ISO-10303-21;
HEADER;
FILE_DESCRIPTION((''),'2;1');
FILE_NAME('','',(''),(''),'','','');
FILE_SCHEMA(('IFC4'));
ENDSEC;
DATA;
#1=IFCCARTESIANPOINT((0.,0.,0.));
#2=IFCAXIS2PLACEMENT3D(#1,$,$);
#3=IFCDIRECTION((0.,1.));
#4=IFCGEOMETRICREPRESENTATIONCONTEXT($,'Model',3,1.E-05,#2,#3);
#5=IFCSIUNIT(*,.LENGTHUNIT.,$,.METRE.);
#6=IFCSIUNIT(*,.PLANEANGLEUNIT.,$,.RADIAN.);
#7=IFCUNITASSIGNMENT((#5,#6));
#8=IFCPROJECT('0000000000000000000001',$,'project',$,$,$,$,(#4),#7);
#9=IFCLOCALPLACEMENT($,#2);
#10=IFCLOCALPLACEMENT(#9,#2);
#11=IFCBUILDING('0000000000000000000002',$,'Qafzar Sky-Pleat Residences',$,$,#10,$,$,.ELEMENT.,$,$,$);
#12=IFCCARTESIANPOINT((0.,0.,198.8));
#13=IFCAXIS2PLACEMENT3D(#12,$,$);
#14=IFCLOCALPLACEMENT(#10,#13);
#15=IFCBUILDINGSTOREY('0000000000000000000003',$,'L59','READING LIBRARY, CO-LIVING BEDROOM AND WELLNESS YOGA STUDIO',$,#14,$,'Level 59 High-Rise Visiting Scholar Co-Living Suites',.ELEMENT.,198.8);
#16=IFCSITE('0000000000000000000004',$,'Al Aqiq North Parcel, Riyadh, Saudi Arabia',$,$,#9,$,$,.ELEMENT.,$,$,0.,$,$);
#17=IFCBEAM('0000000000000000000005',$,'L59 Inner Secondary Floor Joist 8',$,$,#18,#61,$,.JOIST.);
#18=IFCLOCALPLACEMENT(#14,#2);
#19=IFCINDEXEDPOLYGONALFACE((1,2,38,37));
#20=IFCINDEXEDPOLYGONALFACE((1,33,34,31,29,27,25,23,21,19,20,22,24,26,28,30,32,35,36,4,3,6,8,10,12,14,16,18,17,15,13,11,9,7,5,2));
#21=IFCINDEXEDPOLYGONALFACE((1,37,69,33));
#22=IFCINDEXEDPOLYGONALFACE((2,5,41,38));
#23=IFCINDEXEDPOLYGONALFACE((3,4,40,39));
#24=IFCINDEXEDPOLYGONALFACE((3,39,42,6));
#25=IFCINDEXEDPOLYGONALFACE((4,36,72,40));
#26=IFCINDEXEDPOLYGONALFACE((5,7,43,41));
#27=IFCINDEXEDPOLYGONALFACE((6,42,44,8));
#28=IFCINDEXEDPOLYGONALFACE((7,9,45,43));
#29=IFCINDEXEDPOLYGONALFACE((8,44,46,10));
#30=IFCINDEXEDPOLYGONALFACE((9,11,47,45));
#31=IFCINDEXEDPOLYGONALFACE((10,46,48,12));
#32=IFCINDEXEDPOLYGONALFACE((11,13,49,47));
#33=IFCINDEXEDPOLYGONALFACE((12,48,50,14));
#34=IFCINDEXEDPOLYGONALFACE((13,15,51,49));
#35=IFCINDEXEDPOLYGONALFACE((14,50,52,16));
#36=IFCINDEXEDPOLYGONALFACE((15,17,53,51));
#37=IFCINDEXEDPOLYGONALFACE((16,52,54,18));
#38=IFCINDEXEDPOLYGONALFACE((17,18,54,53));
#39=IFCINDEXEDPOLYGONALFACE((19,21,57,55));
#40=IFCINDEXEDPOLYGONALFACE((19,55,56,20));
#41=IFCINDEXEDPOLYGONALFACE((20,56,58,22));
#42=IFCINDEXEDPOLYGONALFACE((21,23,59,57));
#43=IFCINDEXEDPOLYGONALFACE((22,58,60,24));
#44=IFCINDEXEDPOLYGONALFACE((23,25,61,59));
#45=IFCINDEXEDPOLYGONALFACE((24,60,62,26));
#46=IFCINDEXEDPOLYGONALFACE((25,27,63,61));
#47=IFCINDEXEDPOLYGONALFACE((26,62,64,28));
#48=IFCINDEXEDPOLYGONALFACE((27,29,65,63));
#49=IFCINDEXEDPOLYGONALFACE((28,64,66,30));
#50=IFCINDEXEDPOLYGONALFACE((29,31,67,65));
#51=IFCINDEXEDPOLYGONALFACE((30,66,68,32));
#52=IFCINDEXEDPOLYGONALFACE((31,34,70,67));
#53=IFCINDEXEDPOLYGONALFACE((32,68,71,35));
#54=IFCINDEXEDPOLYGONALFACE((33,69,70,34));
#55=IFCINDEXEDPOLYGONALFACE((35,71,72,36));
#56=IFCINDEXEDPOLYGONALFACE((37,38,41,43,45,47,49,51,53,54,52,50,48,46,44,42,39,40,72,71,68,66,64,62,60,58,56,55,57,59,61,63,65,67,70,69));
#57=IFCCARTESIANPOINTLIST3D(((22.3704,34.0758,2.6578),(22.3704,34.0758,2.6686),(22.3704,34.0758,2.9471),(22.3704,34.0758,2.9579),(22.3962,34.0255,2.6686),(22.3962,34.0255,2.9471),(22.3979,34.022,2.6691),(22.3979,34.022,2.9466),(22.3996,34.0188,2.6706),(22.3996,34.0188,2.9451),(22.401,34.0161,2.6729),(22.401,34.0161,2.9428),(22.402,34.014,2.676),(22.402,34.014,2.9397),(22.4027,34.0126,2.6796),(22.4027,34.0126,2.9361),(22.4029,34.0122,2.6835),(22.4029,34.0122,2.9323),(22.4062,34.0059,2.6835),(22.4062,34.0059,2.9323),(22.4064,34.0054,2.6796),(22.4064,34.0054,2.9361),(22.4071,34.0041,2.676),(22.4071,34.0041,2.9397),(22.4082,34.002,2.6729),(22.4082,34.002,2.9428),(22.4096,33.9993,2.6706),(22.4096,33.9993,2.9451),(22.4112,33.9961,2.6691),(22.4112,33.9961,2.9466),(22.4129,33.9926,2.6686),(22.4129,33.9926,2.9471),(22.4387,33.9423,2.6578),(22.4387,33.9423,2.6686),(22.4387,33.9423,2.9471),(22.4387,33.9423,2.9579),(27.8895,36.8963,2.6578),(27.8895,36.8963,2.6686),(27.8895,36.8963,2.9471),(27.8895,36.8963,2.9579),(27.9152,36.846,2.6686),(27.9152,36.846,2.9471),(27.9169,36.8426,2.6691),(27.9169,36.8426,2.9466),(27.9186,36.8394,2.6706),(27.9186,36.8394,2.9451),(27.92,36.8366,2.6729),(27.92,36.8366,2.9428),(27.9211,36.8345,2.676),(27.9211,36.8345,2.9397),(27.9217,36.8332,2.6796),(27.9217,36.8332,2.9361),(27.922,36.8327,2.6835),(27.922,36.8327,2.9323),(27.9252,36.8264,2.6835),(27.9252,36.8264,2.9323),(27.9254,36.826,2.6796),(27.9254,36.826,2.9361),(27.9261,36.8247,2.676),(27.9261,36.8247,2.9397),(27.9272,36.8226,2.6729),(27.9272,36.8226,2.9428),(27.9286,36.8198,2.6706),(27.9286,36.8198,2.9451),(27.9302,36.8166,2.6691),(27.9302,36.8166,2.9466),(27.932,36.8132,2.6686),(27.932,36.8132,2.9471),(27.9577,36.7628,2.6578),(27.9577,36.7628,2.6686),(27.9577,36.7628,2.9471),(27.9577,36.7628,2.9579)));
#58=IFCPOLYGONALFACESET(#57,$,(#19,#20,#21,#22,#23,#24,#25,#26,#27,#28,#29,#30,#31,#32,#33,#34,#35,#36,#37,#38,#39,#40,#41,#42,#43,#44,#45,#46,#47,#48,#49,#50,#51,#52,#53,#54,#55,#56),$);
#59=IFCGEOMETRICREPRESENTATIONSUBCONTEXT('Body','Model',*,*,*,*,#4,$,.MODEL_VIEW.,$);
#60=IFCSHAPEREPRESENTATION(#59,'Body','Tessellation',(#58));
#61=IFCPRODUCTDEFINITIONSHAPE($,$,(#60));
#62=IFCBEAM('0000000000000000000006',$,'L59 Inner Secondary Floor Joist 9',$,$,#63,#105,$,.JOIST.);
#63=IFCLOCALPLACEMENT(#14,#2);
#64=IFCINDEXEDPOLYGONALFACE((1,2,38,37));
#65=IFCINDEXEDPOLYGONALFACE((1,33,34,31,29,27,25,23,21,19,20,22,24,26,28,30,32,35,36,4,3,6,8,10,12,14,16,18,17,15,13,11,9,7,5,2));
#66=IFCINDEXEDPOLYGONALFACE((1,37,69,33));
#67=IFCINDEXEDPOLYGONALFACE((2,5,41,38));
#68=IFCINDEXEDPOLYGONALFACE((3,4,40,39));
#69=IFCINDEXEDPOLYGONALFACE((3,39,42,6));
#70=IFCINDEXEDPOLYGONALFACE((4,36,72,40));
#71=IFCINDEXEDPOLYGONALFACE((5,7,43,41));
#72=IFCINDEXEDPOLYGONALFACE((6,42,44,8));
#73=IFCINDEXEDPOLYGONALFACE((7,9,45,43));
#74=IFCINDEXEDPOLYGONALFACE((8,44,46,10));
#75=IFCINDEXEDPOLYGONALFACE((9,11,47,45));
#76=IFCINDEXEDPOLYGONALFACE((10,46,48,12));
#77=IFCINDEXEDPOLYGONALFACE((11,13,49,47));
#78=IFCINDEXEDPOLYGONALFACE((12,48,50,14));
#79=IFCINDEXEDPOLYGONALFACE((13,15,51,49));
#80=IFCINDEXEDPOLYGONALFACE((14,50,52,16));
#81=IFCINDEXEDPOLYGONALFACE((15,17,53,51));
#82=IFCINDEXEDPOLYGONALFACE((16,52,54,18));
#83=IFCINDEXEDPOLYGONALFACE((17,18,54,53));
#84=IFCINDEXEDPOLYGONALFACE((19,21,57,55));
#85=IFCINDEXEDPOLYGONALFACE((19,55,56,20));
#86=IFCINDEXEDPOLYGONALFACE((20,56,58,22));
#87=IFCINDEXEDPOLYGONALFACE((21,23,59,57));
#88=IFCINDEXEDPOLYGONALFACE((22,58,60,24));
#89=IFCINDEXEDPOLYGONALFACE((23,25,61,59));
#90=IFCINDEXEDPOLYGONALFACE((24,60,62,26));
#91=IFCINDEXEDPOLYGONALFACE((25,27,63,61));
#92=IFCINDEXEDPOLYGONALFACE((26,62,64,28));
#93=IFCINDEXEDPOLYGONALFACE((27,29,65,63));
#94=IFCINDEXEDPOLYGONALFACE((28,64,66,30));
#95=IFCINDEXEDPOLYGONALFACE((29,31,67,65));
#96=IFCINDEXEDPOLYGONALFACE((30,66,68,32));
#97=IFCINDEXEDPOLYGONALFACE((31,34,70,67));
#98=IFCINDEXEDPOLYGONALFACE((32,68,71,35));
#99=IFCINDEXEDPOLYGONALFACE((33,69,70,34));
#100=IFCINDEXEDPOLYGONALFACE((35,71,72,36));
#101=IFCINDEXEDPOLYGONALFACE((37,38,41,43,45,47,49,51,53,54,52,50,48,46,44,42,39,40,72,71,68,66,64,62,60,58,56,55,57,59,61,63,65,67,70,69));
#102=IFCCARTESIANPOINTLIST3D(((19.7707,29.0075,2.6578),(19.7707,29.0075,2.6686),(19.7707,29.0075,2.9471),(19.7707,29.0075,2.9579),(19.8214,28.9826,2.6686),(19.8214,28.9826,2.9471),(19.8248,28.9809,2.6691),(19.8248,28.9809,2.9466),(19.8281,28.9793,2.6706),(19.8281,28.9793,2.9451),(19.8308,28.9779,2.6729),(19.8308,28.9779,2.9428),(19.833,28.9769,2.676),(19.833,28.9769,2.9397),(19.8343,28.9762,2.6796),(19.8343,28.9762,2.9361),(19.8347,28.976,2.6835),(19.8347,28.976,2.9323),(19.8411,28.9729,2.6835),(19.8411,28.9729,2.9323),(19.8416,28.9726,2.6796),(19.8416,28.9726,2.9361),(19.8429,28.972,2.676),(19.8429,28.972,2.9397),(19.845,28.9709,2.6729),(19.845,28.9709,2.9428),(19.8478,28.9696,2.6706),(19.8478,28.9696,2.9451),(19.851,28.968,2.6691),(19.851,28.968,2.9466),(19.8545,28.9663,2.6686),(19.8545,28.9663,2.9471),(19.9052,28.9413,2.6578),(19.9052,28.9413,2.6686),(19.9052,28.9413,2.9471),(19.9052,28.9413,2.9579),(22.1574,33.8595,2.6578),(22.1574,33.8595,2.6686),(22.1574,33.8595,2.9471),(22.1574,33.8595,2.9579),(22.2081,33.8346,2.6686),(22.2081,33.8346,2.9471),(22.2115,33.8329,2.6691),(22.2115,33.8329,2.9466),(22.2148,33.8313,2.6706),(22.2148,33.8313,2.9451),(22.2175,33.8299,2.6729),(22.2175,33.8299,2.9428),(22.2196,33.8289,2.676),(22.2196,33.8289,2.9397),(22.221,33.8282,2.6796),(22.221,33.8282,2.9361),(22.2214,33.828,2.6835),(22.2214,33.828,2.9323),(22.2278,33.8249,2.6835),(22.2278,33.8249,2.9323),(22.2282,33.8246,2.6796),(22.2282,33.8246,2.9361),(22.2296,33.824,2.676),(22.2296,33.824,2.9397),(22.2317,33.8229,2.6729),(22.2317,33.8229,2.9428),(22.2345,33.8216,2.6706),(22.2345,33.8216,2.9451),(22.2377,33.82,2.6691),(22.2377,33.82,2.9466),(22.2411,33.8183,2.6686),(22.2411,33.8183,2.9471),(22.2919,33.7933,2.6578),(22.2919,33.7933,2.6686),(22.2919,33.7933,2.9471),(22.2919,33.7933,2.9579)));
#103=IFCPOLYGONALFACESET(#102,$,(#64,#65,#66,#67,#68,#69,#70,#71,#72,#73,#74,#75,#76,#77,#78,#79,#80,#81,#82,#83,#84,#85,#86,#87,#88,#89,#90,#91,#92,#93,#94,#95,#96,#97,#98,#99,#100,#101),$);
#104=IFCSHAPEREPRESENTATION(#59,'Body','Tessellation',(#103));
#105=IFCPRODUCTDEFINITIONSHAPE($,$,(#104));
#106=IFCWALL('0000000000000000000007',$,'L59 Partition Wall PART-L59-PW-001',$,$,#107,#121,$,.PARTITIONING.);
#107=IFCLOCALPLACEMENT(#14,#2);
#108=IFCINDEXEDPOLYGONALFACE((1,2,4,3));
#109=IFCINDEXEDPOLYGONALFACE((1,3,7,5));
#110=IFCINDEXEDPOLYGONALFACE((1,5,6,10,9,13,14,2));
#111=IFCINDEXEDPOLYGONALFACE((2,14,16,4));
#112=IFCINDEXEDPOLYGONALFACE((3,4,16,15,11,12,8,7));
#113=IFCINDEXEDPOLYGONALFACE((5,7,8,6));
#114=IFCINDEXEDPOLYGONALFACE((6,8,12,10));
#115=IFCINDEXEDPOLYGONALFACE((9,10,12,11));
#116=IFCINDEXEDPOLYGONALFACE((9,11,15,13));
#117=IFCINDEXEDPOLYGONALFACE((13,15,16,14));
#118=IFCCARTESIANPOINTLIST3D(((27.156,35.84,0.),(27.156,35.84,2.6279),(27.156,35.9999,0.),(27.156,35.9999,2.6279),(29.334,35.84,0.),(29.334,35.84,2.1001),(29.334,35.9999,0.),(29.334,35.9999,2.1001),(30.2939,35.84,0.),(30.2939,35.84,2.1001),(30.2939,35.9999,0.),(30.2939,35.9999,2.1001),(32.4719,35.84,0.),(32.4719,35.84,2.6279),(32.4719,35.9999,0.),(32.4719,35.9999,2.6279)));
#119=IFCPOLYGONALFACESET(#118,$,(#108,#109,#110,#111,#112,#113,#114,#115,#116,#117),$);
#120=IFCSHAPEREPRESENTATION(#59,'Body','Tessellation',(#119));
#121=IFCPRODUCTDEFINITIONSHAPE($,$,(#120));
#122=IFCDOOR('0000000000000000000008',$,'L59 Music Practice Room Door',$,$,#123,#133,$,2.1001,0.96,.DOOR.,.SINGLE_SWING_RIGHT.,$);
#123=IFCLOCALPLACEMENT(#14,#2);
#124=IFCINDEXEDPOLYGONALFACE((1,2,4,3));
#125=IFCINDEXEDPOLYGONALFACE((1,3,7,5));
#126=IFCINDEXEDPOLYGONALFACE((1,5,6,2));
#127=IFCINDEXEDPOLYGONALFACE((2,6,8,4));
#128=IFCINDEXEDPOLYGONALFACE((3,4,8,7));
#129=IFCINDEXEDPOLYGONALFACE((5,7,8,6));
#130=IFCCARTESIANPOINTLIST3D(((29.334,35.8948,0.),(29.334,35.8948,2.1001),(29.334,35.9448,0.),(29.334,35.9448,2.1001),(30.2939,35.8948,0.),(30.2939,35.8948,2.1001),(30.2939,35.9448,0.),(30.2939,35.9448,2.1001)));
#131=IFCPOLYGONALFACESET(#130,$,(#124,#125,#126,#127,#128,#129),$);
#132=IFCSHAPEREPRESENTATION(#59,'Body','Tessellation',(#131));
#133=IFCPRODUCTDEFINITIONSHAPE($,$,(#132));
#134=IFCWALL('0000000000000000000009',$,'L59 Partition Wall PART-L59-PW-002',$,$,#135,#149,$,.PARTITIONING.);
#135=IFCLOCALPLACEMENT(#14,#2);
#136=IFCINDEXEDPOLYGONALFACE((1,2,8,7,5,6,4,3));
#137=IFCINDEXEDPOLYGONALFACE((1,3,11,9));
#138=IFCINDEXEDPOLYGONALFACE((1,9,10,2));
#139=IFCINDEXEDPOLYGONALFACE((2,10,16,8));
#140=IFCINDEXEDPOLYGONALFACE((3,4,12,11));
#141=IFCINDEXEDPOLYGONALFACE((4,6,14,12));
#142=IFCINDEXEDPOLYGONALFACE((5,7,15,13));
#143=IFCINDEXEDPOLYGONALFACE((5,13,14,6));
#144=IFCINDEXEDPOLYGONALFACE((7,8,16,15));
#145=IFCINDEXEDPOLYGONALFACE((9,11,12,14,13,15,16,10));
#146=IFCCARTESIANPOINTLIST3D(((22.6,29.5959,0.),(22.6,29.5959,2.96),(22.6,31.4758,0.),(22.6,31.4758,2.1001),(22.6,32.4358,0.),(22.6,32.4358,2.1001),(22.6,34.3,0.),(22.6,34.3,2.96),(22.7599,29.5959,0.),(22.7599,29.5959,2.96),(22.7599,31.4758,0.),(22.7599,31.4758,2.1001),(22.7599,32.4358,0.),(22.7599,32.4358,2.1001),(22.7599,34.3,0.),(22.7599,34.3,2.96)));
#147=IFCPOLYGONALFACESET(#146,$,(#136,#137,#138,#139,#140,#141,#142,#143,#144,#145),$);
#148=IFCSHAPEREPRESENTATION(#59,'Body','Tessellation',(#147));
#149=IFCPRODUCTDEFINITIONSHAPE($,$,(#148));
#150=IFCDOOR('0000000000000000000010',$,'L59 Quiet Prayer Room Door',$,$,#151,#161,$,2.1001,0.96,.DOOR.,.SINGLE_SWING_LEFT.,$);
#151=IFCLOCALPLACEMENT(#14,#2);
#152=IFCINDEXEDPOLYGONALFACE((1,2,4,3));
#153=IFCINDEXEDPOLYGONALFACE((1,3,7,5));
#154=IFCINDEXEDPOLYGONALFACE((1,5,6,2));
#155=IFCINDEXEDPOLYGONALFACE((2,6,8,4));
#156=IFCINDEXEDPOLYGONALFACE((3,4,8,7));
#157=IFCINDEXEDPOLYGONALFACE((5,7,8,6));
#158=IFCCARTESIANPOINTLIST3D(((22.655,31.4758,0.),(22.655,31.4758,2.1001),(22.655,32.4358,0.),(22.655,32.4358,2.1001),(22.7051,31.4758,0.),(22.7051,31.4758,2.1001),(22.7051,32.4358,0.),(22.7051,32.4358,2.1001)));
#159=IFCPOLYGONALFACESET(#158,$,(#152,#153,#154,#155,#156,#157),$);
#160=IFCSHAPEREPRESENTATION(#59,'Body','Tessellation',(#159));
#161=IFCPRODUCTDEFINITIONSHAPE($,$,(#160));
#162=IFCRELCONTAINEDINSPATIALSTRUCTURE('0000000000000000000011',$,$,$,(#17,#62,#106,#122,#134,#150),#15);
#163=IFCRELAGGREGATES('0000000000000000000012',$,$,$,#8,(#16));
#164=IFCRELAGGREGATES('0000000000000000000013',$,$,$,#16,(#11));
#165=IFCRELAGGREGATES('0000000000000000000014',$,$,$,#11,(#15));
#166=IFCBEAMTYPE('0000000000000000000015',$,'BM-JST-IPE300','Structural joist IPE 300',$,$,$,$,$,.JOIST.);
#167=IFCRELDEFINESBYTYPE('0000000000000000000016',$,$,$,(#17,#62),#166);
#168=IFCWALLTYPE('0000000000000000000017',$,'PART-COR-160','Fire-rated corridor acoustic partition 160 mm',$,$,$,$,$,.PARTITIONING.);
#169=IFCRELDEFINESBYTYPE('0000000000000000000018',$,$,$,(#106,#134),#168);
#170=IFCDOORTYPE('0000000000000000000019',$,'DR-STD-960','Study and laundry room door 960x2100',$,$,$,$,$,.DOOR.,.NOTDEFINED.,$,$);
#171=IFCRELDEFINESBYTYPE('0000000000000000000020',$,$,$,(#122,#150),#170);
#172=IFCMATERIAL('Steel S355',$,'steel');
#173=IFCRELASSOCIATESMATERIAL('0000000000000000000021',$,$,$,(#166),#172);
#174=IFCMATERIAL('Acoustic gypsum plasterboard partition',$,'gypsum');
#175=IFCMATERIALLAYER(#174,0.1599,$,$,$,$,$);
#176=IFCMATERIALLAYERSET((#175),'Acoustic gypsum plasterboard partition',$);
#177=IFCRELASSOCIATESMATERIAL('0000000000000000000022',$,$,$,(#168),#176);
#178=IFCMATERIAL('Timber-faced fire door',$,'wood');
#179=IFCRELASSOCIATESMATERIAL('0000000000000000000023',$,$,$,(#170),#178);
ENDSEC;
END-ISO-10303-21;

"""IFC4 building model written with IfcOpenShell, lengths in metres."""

from ifc_helpers import new_model, si_unit, direction, frame, frame_2d, origin, origin_2d, place, context, subcontext, project, spatial, rectangle, i_section, extrude, source, transform, mapped, material, layer, layer_set, material_profile, profile_set, type_object, element, fill, save


model = new_model("IFC4")

# Units and contexts
model_context = context("Model", 3, precision=1e-05, world=origin(), true_north=direction((0.0, 1.0)))
body_context = subcontext(model_context, "Body", "Model", "MODEL_VIEW")
ifc_project = project(units=[si_unit("LENGTHUNIT", "METRE"), si_unit("PLANEANGLEUNIT", "RADIAN")], contexts=[model_context])

# Site, building, storey
site_placement = place(None, origin())
site = spatial("IfcSite", under=ifc_project, at=site_placement, Name="Al Aqiq North Parcel, Riyadh, Saudi Arabia", CompositionType="ELEMENT", RefElevation=0.0)
building_placement = place(site_placement, origin())
building = spatial("IfcBuilding", under=site, at=building_placement, Name="Qafzar Sky-Pleat Residences", CompositionType="ELEMENT")
storey_placement = place(building_placement, frame((0.0, 0.0, 198.8)))
storey = spatial("IfcBuildingStorey", under=building, at=storey_placement, Name="L59", Description="READING LIBRARY, CO-LIVING BEDROOM AND WELLNESS YOGA STUDIO", LongName="Level 59 High-Rise Visiting Scholar Co-Living Suites", CompositionType="ELEMENT", Elevation=198.8)

# Beams
ifc_material_1 = material(Name="Steel S355", Category="steel")
ifc_material_profile = material_profile(ifc_material_1, i_section(OverallWidth=0.1499, OverallDepth=0.3, WebThickness=0.0071, FlangeThickness=0.0107, FilletRadius=0.0149, at=origin_2d()), Name="IPE 300")
ifc_profile_set = profile_set([ifc_material_profile], Name="Steel S355")
beam_type = type_object("IfcBeamType", Name="BM-JST-IPE300", Description="Structural joist IPE 300", PredefinedType="JOIST", material=ifc_profile_set)
shared_shape_1 = source(origin(), body_context, "Body", "SweptSolid", [
    extrude(i_section(OverallWidth=0.1499, OverallDepth=0.3, WebThickness=0.0071, FlangeThickness=0.0107, FilletRadius=0.0149, at=origin_2d()), origin(), (0.0, 0.0, 1.0), 6.198),
])
beam_1_placement = place(storey_placement, frame((27.9236, 36.8296, 2.8079), z_axis=(-0.890453, -0.455074, 0.0), x_axis=(0.455074, -0.890453, 0.0)))
element("IfcBeam", 1, at=beam_1_placement, inside=storey, type_object=beam_type, Name="L59 Inner Secondary Floor Joist 8", PredefinedType="JOIST", context=body_context, shape_type="MappedRepresentation", body=[
    mapped(shared_shape_1, transform((0.0, 0.0, 0.0), x_axis=(1.0, 0.0, 0.0), y_axis=(0.0, 1.0, 0.0), z_axis=(0.0, 0.0, 1.0), scale=1.0)),
])
shared_shape_2 = source(origin(), body_context, "Body", "SweptSolid", [
    extrude(i_section(OverallWidth=0.1499, OverallDepth=0.3, WebThickness=0.0071, FlangeThickness=0.0107, FilletRadius=0.0149, at=origin_2d()), origin(), (0.0, 0.0, 1.0), 5.4072),
])
beam_2_placement = place(storey_placement, frame((22.2246, 33.8264, 2.8079), z_axis=(-0.441389, -0.897316, 0.0), x_axis=(0.897316, -0.441389, 0.0)))
element("IfcBeam", 2, at=beam_2_placement, inside=storey, type_object=beam_type, Name="L59 Inner Secondary Floor Joist 9", PredefinedType="JOIST", context=body_context, shape_type="MappedRepresentation", body=[
    mapped(shared_shape_2, transform((0.0, 0.0, 0.0), x_axis=(1.0, 0.0, 0.0), y_axis=(0.0, 1.0, 0.0), z_axis=(0.0, 0.0, 1.0), scale=1.0)),
])

# Walls, openings, doors
ifc_material_2 = material(Name="Acoustic gypsum plasterboard partition", Category="gypsum")
ifc_layer_1 = layer(ifc_material_2, 0.1599)
ifc_layer_set_1 = layer_set([ifc_layer_1], Name="Acoustic gypsum plasterboard partition")
wall_type_1 = type_object("IfcWallType", Name="PART-COR-160", Description="Fire-rated corridor acoustic partition 160 mm", PredefinedType="PARTITIONING", material=ifc_layer_set_1)
wall_1_placement = place(storey_placement, frame((27.156, 35.9199, 0.0), z_axis=(0.0, 0.0, 1.0), x_axis=(1.0, 0.0, 0.0)))
wall_1 = element("IfcWall", 3, at=wall_1_placement, inside=storey, type_object=wall_type_1, Name="L59 Partition Wall PART-L59-PW-001", PredefinedType="PARTITIONING", context=body_context, shape_type="SweptSolid", body=[
    extrude(rectangle(XDim=5.3159, YDim=0.1599, at=frame_2d((2.658, 0.0))), origin(), (0.0, 0.0, 1.0), 2.6279),
])
opening_1_placement = place(wall_1_placement, frame((2.178, 0.0, 0.0)))
opening_1 = element("IfcOpeningElement", 4, at=opening_1_placement, cuts=wall_1, PredefinedType="OPENING", context=body_context, shape_type="SweptSolid", body=[
    extrude(rectangle(XDim=0.96, YDim=2.1001, at=frame_2d((0.48, 1.05))), frame((0.0, 0.0898, 0.0), z_axis=(0.0, -1.0, 0.0), x_axis=(1.0, 0.0, 0.0)), (0.0, 0.0, 1.0), 0.1799),
])
ifc_material_3 = material(Name="Timber-faced fire door", Category="wood")
door_type_1 = type_object("IfcDoorType", Name="DR-STD-960", Description="Study and laundry room door 960x2100", OperationType="NOTDEFINED", PredefinedType="DOOR", material=ifc_material_3)
shared_shape_3 = source(origin(), body_context, "Body", "SweptSolid", [
    extrude(rectangle(XDim=0.96, YDim=2.1001, at=frame_2d((0.48, 1.05))), frame((0.0, 0.0249, 0.0), z_axis=(0.0, -1.0, 0.0), x_axis=(1.0, 0.0, 0.0)), (0.0, 0.0, 1.0), 0.05),
])
door_1_placement = place(opening_1_placement, origin())
door_1 = element("IfcDoor", 5, at=door_1_placement, inside=storey, type_object=door_type_1, Name="L59 Music Practice Room Door", OperationType="SINGLE_SWING_RIGHT", OverallHeight=2.1001, OverallWidth=0.96, PredefinedType="DOOR", context=body_context, shape_type="MappedRepresentation", body=[
    mapped(shared_shape_3, transform((0.0, 0.0, 0.0), x_axis=(1.0, 0.0, 0.0), y_axis=(0.0, 1.0, 0.0), z_axis=(0.0, 0.0, 1.0), scale=1.0)),
])
fill(opening_1, door_1)
wall_2_placement = place(storey_placement, frame((22.6799, 29.5959, 0.0), z_axis=(0.0, 0.0, 1.0), x_axis=(0.0, 1.0, 0.0)))
wall_2 = element("IfcWall", 6, at=wall_2_placement, inside=storey, type_object=wall_type_1, Name="L59 Partition Wall PART-L59-PW-002", PredefinedType="PARTITIONING", context=body_context, shape_type="SweptSolid", body=[
    extrude(rectangle(XDim=4.7041, YDim=0.1599, at=frame_2d((2.3521, 0.0))), origin(), (0.0, 0.0, 1.0), 2.96),
])
opening_2_placement = place(wall_2_placement, frame((1.8799, 0.0, 0.0)))
opening_2 = element("IfcOpeningElement", 7, at=opening_2_placement, cuts=wall_2, PredefinedType="OPENING", context=body_context, shape_type="SweptSolid", body=[
    extrude(rectangle(XDim=0.96, YDim=2.1001, at=frame_2d((0.48, 1.05))), frame((0.0, 0.0898, 0.0), z_axis=(0.0, -1.0, 0.0), x_axis=(1.0, 0.0, 0.0)), (0.0, 0.0, 1.0), 0.1799),
])
door_2_placement = place(opening_2_placement, origin())
door_2 = element("IfcDoor", 8, at=door_2_placement, inside=storey, type_object=door_type_1, Name="L59 Quiet Prayer Room Door", OperationType="SINGLE_SWING_LEFT", OverallHeight=2.1001, OverallWidth=0.96, PredefinedType="DOOR", context=body_context, shape_type="MappedRepresentation", body=[
    mapped(shared_shape_3, transform((0.0, 0.0, 0.0), x_axis=(1.0, 0.0, 0.0), y_axis=(0.0, 1.0, 0.0), z_axis=(0.0, 0.0, 1.0), scale=1.0)),
])
fill(opening_2, door_2)

save(model, "model.ifc")
